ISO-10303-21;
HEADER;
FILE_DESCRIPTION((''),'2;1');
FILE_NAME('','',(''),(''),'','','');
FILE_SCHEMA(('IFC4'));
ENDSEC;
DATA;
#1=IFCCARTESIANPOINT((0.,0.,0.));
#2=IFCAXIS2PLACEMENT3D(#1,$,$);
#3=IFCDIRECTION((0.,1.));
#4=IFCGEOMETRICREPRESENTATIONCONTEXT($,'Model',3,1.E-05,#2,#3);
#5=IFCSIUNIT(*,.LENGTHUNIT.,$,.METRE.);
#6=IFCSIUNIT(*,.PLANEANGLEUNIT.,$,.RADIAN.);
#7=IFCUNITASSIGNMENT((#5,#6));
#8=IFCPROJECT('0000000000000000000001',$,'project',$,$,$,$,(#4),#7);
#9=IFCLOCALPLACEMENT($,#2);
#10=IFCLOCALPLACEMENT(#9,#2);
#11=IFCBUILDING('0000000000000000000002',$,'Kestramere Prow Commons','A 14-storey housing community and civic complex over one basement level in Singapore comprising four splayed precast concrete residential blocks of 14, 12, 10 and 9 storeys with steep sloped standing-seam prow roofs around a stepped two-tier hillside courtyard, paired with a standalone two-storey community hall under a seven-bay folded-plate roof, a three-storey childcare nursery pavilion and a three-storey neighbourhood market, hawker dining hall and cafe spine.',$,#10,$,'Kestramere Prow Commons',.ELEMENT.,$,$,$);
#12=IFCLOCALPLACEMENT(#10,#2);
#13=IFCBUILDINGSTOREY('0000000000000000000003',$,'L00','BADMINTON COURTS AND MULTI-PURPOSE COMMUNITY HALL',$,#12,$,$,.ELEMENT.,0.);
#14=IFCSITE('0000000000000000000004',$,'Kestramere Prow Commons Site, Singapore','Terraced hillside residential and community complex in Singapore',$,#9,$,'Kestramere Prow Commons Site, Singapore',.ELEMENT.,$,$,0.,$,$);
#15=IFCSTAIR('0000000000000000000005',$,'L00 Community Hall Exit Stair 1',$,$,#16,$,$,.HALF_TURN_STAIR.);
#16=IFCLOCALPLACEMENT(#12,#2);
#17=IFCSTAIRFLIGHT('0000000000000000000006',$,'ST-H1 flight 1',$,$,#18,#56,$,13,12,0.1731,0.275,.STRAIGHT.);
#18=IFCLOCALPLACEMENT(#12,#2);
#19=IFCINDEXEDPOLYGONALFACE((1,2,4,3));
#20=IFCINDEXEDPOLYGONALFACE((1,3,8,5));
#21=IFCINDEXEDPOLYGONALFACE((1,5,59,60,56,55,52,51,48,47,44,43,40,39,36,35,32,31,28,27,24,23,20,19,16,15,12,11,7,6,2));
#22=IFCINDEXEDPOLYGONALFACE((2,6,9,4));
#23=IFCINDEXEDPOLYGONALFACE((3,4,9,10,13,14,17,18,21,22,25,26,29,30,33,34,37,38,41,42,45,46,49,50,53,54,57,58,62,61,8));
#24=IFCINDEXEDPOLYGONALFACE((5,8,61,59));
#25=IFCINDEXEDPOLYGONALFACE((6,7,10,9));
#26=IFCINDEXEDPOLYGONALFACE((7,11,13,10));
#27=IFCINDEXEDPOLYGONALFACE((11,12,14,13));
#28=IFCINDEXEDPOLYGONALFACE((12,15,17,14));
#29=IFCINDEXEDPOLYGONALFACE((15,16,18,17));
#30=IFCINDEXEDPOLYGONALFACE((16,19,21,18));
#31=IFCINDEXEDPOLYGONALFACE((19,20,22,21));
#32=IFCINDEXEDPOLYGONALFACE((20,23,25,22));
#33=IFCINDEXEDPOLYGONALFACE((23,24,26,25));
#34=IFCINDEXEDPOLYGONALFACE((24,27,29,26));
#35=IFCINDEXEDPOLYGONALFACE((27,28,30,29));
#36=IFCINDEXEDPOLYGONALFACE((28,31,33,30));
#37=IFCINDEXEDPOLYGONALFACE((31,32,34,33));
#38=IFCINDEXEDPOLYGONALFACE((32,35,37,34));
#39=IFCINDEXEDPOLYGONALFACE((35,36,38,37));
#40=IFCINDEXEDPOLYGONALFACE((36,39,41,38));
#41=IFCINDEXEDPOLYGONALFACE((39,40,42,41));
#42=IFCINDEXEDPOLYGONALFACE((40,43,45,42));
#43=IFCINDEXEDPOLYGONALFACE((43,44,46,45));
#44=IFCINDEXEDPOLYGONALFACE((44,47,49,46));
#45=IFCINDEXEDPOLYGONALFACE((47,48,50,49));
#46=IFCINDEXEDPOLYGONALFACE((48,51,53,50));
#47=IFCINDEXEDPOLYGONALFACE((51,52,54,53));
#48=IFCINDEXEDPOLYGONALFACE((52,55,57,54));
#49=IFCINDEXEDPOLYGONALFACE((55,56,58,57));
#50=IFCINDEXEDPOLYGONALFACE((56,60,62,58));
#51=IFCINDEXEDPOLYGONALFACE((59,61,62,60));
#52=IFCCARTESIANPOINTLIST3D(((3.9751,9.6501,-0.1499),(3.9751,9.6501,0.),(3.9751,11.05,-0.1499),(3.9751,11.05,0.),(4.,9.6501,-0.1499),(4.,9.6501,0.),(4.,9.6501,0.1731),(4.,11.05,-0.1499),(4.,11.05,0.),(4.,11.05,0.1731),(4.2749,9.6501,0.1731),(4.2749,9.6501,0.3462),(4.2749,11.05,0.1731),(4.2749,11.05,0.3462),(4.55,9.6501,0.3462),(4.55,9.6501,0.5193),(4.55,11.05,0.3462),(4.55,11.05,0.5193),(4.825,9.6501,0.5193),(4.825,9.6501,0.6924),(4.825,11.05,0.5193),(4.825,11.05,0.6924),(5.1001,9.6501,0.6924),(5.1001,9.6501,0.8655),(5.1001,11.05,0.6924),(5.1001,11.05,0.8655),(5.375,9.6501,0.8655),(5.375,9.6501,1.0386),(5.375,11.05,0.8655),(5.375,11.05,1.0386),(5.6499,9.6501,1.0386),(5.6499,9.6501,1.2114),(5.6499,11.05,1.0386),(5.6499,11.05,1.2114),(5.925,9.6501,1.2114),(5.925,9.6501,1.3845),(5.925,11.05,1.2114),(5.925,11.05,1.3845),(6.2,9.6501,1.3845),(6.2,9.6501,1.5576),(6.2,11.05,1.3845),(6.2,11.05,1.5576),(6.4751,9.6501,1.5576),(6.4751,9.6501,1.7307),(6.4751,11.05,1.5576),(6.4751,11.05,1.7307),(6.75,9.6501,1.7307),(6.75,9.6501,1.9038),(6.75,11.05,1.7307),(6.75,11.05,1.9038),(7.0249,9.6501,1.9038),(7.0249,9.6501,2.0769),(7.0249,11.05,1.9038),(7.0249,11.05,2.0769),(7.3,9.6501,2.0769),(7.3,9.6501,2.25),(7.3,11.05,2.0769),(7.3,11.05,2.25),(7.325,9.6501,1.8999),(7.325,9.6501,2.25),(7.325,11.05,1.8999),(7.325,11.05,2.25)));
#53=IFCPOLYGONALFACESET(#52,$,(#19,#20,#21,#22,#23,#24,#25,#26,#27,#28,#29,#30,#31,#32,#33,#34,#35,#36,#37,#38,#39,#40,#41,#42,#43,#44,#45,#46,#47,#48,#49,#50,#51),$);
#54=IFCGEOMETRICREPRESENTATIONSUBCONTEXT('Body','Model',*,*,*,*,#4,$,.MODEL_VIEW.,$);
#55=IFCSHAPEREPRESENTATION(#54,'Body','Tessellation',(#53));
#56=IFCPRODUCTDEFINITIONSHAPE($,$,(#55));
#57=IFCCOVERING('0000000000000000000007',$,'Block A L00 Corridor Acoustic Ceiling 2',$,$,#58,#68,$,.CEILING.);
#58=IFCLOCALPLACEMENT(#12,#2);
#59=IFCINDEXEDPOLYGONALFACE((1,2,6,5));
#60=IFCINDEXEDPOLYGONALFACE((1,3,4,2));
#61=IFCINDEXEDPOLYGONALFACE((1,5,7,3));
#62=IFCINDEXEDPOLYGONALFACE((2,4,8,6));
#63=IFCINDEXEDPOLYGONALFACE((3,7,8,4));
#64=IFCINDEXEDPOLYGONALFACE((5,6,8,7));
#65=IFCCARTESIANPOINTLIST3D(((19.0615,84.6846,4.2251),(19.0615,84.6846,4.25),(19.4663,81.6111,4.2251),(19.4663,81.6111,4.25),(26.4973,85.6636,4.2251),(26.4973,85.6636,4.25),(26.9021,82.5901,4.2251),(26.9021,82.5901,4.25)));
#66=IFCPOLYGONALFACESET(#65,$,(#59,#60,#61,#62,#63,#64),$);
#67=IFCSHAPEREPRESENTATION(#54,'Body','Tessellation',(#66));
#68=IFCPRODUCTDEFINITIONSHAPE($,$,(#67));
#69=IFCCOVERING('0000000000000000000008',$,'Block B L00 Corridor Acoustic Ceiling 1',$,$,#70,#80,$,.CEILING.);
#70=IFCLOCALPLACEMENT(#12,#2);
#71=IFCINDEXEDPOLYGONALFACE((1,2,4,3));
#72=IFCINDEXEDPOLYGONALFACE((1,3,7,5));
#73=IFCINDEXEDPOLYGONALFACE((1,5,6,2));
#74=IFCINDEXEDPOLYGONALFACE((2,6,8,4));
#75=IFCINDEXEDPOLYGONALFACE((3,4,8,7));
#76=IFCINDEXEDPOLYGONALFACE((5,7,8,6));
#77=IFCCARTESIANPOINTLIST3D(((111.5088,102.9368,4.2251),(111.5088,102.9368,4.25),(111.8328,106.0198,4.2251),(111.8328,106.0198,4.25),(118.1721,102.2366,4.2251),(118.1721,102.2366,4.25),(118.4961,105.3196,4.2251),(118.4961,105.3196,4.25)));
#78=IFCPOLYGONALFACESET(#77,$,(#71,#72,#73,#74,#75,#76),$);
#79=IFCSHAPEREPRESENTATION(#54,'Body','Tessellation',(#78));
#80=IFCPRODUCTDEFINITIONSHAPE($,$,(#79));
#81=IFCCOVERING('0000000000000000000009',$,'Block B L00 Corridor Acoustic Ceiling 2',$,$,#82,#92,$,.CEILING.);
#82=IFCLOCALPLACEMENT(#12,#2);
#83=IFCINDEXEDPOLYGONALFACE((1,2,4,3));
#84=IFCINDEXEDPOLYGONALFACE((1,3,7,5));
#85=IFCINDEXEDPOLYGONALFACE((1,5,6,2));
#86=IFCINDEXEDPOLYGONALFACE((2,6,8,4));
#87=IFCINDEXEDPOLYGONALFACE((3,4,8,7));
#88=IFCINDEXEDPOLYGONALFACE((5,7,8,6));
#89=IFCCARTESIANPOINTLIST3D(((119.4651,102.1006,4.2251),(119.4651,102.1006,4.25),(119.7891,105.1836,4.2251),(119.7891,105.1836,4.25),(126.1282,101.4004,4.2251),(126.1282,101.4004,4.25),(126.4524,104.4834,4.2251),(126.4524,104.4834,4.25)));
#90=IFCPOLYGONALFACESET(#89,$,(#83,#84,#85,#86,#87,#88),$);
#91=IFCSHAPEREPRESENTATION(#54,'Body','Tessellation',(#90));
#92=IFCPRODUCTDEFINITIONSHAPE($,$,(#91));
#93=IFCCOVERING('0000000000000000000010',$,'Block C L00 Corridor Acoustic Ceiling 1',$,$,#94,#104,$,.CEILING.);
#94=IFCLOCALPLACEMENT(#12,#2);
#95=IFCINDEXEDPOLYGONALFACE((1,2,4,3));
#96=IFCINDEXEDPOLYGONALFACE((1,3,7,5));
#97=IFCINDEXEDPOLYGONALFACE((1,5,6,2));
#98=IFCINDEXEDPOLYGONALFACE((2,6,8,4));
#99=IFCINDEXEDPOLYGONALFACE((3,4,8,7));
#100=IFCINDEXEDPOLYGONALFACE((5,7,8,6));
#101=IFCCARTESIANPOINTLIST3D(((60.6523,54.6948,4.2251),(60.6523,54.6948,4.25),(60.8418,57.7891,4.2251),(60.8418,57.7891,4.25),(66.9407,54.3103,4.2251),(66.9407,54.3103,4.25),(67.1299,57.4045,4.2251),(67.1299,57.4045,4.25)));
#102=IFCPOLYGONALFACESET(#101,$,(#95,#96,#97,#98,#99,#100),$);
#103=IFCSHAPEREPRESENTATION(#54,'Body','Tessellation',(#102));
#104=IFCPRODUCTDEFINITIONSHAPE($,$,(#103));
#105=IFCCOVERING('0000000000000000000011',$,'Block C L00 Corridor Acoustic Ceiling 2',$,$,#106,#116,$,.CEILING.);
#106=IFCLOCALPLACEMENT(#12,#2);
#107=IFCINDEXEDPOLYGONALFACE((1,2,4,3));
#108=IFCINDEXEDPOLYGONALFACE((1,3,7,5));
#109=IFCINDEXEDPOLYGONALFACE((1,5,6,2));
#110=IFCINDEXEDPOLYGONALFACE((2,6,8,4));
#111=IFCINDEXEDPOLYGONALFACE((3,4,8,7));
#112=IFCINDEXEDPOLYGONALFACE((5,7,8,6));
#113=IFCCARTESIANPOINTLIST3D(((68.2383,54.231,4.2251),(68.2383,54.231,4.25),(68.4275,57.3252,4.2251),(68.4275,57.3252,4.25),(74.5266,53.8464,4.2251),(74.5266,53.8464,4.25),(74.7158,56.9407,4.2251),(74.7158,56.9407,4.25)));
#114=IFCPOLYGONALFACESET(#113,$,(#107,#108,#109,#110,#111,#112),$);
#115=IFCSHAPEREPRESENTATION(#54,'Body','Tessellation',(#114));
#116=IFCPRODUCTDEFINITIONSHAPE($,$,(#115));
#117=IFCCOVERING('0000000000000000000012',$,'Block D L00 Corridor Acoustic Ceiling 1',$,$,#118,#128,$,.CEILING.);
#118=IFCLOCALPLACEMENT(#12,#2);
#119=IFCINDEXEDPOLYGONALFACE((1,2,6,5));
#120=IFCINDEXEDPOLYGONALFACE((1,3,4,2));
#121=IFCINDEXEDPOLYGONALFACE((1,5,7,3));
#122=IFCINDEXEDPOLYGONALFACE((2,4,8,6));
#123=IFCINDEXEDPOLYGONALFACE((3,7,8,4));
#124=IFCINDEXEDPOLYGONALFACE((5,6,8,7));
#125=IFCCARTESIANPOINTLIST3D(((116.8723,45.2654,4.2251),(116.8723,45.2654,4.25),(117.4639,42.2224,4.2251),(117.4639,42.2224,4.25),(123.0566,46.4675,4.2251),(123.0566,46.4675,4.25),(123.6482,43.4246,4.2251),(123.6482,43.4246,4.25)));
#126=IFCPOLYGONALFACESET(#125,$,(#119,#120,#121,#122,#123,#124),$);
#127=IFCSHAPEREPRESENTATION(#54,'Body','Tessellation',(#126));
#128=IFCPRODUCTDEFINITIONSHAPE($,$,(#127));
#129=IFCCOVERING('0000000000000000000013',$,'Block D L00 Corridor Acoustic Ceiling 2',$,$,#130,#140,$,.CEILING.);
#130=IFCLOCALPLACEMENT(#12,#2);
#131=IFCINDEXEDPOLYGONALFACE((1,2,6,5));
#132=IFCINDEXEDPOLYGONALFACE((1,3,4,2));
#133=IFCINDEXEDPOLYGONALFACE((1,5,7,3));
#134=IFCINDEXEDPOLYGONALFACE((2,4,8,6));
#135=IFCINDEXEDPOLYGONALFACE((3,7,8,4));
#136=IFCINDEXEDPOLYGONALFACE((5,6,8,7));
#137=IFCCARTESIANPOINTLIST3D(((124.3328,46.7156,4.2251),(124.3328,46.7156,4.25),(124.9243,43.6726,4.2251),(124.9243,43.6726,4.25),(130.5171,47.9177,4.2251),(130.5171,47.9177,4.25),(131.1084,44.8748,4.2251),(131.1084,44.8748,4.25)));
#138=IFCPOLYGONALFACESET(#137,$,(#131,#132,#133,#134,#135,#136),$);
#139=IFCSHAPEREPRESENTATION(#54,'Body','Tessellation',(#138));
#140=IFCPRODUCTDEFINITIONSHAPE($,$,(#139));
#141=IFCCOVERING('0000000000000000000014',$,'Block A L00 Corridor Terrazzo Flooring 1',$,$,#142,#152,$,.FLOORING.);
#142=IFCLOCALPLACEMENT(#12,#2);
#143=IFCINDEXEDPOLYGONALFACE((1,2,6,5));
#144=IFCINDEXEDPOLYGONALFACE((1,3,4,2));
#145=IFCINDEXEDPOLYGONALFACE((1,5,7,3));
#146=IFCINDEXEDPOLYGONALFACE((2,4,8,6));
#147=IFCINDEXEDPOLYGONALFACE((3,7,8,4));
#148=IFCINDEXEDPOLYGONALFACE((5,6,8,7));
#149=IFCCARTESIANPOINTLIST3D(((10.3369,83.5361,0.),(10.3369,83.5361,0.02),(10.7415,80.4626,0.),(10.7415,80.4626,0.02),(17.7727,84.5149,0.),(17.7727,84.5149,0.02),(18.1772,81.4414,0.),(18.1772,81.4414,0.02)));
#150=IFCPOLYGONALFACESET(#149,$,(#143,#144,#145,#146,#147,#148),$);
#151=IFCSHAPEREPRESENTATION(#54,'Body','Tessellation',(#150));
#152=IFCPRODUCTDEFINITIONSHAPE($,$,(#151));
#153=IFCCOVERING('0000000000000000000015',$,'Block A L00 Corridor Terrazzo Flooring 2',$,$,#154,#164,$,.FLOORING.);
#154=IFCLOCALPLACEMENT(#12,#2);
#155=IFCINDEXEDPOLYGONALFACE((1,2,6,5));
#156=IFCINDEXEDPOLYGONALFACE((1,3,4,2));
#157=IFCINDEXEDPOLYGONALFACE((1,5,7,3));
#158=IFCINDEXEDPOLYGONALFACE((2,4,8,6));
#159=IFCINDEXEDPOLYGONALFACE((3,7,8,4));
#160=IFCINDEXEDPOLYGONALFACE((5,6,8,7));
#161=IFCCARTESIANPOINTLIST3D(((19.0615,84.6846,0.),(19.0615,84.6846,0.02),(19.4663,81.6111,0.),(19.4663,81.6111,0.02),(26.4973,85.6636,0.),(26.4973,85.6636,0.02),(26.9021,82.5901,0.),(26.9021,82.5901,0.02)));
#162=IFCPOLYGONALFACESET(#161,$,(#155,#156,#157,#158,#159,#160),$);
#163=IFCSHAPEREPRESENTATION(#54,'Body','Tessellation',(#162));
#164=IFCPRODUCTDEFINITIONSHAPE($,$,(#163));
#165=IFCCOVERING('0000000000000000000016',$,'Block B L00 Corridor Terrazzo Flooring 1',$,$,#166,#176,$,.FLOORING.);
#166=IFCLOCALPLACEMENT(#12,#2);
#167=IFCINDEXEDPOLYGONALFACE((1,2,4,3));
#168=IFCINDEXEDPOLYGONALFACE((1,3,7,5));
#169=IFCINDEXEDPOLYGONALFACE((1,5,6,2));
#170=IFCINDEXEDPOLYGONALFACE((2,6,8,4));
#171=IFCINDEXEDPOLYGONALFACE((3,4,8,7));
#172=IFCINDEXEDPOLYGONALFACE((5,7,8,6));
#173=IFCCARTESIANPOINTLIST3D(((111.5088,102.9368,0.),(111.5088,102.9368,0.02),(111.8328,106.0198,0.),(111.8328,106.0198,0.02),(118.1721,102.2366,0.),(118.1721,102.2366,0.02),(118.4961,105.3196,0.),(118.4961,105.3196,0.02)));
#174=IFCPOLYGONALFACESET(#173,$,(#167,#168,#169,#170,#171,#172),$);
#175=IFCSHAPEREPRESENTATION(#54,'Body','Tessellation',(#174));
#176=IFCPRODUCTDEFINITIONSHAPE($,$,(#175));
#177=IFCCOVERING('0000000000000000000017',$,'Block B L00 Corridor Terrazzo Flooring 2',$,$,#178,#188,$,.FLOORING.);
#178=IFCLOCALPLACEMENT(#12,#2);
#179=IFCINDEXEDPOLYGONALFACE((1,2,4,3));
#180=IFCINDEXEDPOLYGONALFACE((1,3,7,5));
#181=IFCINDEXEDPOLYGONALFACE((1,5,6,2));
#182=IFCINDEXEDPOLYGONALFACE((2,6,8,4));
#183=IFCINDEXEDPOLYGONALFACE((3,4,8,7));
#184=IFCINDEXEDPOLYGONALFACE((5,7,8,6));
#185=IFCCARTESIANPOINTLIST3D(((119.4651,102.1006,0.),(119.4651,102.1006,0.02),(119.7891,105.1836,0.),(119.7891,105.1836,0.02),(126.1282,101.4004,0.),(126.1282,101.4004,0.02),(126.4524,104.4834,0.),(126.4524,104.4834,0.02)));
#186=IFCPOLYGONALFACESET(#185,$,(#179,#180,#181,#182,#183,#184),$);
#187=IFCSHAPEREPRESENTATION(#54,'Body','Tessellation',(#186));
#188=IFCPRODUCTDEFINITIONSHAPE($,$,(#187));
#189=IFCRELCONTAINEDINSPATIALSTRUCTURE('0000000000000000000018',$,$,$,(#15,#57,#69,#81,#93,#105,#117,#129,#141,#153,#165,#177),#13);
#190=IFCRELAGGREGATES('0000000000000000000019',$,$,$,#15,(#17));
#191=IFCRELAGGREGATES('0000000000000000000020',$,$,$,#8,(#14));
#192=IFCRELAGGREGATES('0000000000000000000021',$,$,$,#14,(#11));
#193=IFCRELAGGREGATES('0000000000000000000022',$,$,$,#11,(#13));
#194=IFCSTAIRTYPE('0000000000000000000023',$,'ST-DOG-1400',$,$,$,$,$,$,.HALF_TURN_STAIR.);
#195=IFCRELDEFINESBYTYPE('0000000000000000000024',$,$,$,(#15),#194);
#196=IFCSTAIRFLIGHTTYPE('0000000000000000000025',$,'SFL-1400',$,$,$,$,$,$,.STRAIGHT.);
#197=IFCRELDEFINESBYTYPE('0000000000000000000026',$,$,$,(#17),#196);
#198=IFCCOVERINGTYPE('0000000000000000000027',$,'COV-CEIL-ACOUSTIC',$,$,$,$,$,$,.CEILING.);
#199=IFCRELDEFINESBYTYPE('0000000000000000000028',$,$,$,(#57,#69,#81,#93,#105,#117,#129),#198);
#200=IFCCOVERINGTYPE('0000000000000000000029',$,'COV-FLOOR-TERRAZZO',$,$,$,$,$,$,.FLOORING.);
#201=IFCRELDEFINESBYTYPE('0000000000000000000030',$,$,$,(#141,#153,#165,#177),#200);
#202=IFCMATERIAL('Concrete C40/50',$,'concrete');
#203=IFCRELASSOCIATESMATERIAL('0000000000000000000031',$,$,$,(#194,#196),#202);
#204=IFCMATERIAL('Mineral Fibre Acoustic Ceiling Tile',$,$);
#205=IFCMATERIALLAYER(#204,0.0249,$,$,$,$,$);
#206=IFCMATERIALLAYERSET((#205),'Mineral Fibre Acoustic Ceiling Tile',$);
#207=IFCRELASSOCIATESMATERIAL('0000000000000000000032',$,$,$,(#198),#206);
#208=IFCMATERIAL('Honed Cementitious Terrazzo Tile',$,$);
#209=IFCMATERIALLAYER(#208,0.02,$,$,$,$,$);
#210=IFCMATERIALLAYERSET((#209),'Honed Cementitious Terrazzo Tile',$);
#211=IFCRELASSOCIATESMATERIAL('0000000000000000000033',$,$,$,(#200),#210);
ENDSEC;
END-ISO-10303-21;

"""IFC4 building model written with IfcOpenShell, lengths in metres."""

from ifc_helpers import new_model, si_unit, direction, frame, origin, place, context, subcontext, project, spatial, polyline, outline, extrude, material, layer, layer_set, type_object, element, aggregate, save


model = new_model("IFC4")

# Units and contexts
model_context = context("Model", 3, precision=1e-05, world=origin(), true_north=direction((0.0, 1.0)))
body_context = subcontext(model_context, "Body", "Model", "MODEL_VIEW")
ifc_project = project(units=[si_unit("LENGTHUNIT", "METRE"), si_unit("PLANEANGLEUNIT", "RADIAN")], contexts=[model_context])

# Site, building, storey
site_placement = place(None, origin())
site = spatial("IfcSite", under=ifc_project, at=site_placement, Name="Kestramere Prow Commons Site, Singapore", Description="Terraced hillside residential and community complex in Singapore", LongName="Kestramere Prow Commons Site, Singapore", CompositionType="ELEMENT", RefElevation=0.0)
building_placement = place(site_placement, origin())
building = spatial("IfcBuilding", under=site, at=building_placement, Name="Kestramere Prow Commons", Description="A 14-storey housing community and civic complex over one basement level in Singapore comprising four splayed precast concrete residential blocks of 14, 12, 10 and 9 storeys with steep sloped standing-seam prow roofs around a stepped two-tier hillside courtyard, paired with a standalone two-storey community hall under a seven-bay folded-plate roof, a three-storey childcare nursery pavilion and a three-storey neighbourhood market, hawker dining hall and cafe spine.", LongName="Kestramere Prow Commons", CompositionType="ELEMENT")
storey_placement = place(building_placement, origin())
storey = spatial("IfcBuildingStorey", under=building, at=storey_placement, Name="L00", Description="BADMINTON COURTS AND MULTI-PURPOSE COMMUNITY HALL", CompositionType="ELEMENT", Elevation=0.0)

# Shared definitions
ifc_material_1 = material(Name="Concrete C40/50", Category="concrete")

# Stair, stair flight
stair_type = type_object("IfcStairType", Name="ST-DOG-1400", PredefinedType="HALF_TURN_STAIR", material=ifc_material_1)
stair_placement = place(storey_placement, origin())
stair = element("IfcStair", 1, at=stair_placement, inside=storey, type_object=stair_type, Name="L00 Community Hall Exit Stair 1", PredefinedType="HALF_TURN_STAIR")
stair_flight_type = type_object("IfcStairFlightType", Name="SFL-1400", PredefinedType="STRAIGHT", material=ifc_material_1)
stair_flight_placement = place(storey_placement, frame((4.0, 10.3501, 0.0), z_axis=(0.0, 0.0, 1.0), x_axis=(1.0, 0.0, 0.0)))
stair_flight = element("IfcStairFlight", 2, at=stair_flight_placement, type_object=stair_flight_type, Name="ST-H1 flight 1", NumberOfRisers=13, NumberOfTreads=12, PredefinedType="STRAIGHT", RiserHeight=0.1731, TreadLength=0.275, context=body_context, shape_type="SweptSolid", body=[
    extrude(outline(polyline([(-0.0249, 0.0), (0.0, 0.0), (0.0, 0.1731), (0.2749, 0.1731), (0.2749, 0.3462), (0.55, 0.3462), (0.55, 0.5193), (0.825, 0.5193), (0.825, 0.6924), (1.1001, 0.6924), (1.1001, 0.8655), (1.375, 0.8655), (1.375, 1.0386), (1.6499, 1.0386), (1.6499, 1.2114), (1.925, 1.2114), (1.925, 1.3845), (2.2, 1.3845), (2.2, 1.5576), (2.4751, 1.5576), (2.4751, 1.7307), (2.75, 1.7307), (2.75, 1.9038), (3.0249, 1.9038), (3.0249, 2.0769), (3.3, 2.0769), (3.3, 2.25), (3.325, 2.25), (3.325, 1.8999), (0.0, -0.1499), (-0.0249, -0.1499), (-0.0249, 0.0)])), frame((0.0, 0.7, 0.0), z_axis=(0.0, -1.0, 0.0), x_axis=(1.0, 0.0, 0.0)), (0.0, 0.0, 1.0), 1.3999),
])
aggregate(stair, [stair_flight])

# Coverings
ifc_material_2 = material(Name="Mineral Fibre Acoustic Ceiling Tile")
ifc_layer_1 = layer(ifc_material_2, 0.0249)
ifc_layer_set_1 = layer_set([ifc_layer_1], Name="Mineral Fibre Acoustic Ceiling Tile")
covering_type_1 = type_object("IfcCoveringType", Name="COV-CEIL-ACOUSTIC", PredefinedType="CEILING", material=ifc_layer_set_1)
covering_1_placement = place(storey_placement, frame((0.0, 0.0, 4.2251)))
element("IfcCovering", 3, at=covering_1_placement, inside=storey, type_object=covering_type_1, Name="Block A L00 Corridor Acoustic Ceiling 2", PredefinedType="CEILING", context=body_context, shape_type="SweptSolid", body=[
    extrude(outline(polyline([(19.4663, 81.6111), (26.9021, 82.5901), (26.4973, 85.6636), (19.0615, 84.6846), (19.4663, 81.6111)])), origin(), (0.0, 0.0, 1.0), 0.0249),
])
covering_2_placement = place(storey_placement, frame((0.0, 0.0, 4.2251)))
element("IfcCovering", 4, at=covering_2_placement, inside=storey, type_object=covering_type_1, Name="Block B L00 Corridor Acoustic Ceiling 1", PredefinedType="CEILING", context=body_context, shape_type="SweptSolid", body=[
    extrude(outline(polyline([(111.5088, 102.9368), (118.1721, 102.2366), (118.4961, 105.3196), (111.8328, 106.0198), (111.5088, 102.9368)])), origin(), (0.0, 0.0, 1.0), 0.0249),
])
covering_3_placement = place(storey_placement, frame((0.0, 0.0, 4.2251)))
element("IfcCovering", 5, at=covering_3_placement, inside=storey, type_object=covering_type_1, Name="Block B L00 Corridor Acoustic Ceiling 2", PredefinedType="CEILING", context=body_context, shape_type="SweptSolid", body=[
    extrude(outline(polyline([(119.4651, 102.1006), (126.1282, 101.4004), (126.4524, 104.4834), (119.7891, 105.1836), (119.4651, 102.1006)])), origin(), (0.0, 0.0, 1.0), 0.0249),
])
covering_4_placement = place(storey_placement, frame((0.0, 0.0, 4.2251)))
element("IfcCovering", 6, at=covering_4_placement, inside=storey, type_object=covering_type_1, Name="Block C L00 Corridor Acoustic Ceiling 1", PredefinedType="CEILING", context=body_context, shape_type="SweptSolid", body=[
    extrude(outline(polyline([(60.6523, 54.6948), (66.9407, 54.3103), (67.1299, 57.4045), (60.8418, 57.7891), (60.6523, 54.6948)])), origin(), (0.0, 0.0, 1.0), 0.0249),
])
covering_5_placement = place(storey_placement, frame((0.0, 0.0, 4.2251)))
element("IfcCovering", 7, at=covering_5_placement, inside=storey, type_object=covering_type_1, Name="Block C L00 Corridor Acoustic Ceiling 2", PredefinedType="CEILING", context=body_context, shape_type="SweptSolid", body=[
    extrude(outline(polyline([(68.2383, 54.231), (74.5266, 53.8464), (74.7158, 56.9407), (68.4275, 57.3252), (68.2383, 54.231)])), origin(), (0.0, 0.0, 1.0), 0.0249),
])
covering_6_placement = place(storey_placement, frame((0.0, 0.0, 4.2251)))
element("IfcCovering", 8, at=covering_6_placement, inside=storey, type_object=covering_type_1, Name="Block D L00 Corridor Acoustic Ceiling 1", PredefinedType="CEILING", context=body_context, shape_type="SweptSolid", body=[
    extrude(outline(polyline([(117.4639, 42.2224), (123.6482, 43.4246), (123.0566, 46.4675), (116.8723, 45.2654), (117.4639, 42.2224)])), origin(), (0.0, 0.0, 1.0), 0.0249),
])
covering_7_placement = place(storey_placement, frame((0.0, 0.0, 4.2251)))
element("IfcCovering", 9, at=covering_7_placement, inside=storey, type_object=covering_type_1, Name="Block D L00 Corridor Acoustic Ceiling 2", PredefinedType="CEILING", context=body_context, shape_type="SweptSolid", body=[
    extrude(outline(polyline([(124.9243, 43.6726), (131.1084, 44.8748), (130.5171, 47.9177), (124.3328, 46.7156), (124.9243, 43.6726)])), origin(), (0.0, 0.0, 1.0), 0.0249),
])
ifc_material_3 = material(Name="Honed Cementitious Terrazzo Tile")
ifc_layer_2 = layer(ifc_material_3, 0.02)
ifc_layer_set_2 = layer_set([ifc_layer_2], Name="Honed Cementitious Terrazzo Tile")
covering_type_2 = type_object("IfcCoveringType", Name="COV-FLOOR-TERRAZZO", PredefinedType="FLOORING", material=ifc_layer_set_2)
covering_8_placement = place(storey_placement, origin())
element("IfcCovering", 10, at=covering_8_placement, inside=storey, type_object=covering_type_2, Name="Block A L00 Corridor Terrazzo Flooring 1", PredefinedType="FLOORING", context=body_context, shape_type="SweptSolid", body=[
    extrude(outline(polyline([(10.7415, 80.4626), (18.1772, 81.4414), (17.7727, 84.5149), (10.3369, 83.5361), (10.7415, 80.4626)])), origin(), (0.0, 0.0, 1.0), 0.02),
])
covering_9_placement = place(storey_placement, origin())
element("IfcCovering", 11, at=covering_9_placement, inside=storey, type_object=covering_type_2, Name="Block A L00 Corridor Terrazzo Flooring 2", PredefinedType="FLOORING", context=body_context, shape_type="SweptSolid", body=[
    extrude(outline(polyline([(19.4663, 81.6111), (26.9021, 82.5901), (26.4973, 85.6636), (19.0615, 84.6846), (19.4663, 81.6111)])), origin(), (0.0, 0.0, 1.0), 0.02),
])
covering_10_placement = place(storey_placement, origin())
element("IfcCovering", 12, at=covering_10_placement, inside=storey, type_object=covering_type_2, Name="Block B L00 Corridor Terrazzo Flooring 1", PredefinedType="FLOORING", context=body_context, shape_type="SweptSolid", body=[
    extrude(outline(polyline([(111.5088, 102.9368), (118.1721, 102.2366), (118.4961, 105.3196), (111.8328, 106.0198), (111.5088, 102.9368)])), origin(), (0.0, 0.0, 1.0), 0.02),
])
covering_11_placement = place(storey_placement, origin())
element("IfcCovering", 13, at=covering_11_placement, inside=storey, type_object=covering_type_2, Name="Block B L00 Corridor Terrazzo Flooring 2", PredefinedType="FLOORING", context=body_context, shape_type="SweptSolid", body=[
    extrude(outline(polyline([(119.4651, 102.1006), (126.1282, 101.4004), (126.4524, 104.4834), (119.7891, 105.1836), (119.4651, 102.1006)])), origin(), (0.0, 0.0, 1.0), 0.02),
])

save(model, "model.ifc")
